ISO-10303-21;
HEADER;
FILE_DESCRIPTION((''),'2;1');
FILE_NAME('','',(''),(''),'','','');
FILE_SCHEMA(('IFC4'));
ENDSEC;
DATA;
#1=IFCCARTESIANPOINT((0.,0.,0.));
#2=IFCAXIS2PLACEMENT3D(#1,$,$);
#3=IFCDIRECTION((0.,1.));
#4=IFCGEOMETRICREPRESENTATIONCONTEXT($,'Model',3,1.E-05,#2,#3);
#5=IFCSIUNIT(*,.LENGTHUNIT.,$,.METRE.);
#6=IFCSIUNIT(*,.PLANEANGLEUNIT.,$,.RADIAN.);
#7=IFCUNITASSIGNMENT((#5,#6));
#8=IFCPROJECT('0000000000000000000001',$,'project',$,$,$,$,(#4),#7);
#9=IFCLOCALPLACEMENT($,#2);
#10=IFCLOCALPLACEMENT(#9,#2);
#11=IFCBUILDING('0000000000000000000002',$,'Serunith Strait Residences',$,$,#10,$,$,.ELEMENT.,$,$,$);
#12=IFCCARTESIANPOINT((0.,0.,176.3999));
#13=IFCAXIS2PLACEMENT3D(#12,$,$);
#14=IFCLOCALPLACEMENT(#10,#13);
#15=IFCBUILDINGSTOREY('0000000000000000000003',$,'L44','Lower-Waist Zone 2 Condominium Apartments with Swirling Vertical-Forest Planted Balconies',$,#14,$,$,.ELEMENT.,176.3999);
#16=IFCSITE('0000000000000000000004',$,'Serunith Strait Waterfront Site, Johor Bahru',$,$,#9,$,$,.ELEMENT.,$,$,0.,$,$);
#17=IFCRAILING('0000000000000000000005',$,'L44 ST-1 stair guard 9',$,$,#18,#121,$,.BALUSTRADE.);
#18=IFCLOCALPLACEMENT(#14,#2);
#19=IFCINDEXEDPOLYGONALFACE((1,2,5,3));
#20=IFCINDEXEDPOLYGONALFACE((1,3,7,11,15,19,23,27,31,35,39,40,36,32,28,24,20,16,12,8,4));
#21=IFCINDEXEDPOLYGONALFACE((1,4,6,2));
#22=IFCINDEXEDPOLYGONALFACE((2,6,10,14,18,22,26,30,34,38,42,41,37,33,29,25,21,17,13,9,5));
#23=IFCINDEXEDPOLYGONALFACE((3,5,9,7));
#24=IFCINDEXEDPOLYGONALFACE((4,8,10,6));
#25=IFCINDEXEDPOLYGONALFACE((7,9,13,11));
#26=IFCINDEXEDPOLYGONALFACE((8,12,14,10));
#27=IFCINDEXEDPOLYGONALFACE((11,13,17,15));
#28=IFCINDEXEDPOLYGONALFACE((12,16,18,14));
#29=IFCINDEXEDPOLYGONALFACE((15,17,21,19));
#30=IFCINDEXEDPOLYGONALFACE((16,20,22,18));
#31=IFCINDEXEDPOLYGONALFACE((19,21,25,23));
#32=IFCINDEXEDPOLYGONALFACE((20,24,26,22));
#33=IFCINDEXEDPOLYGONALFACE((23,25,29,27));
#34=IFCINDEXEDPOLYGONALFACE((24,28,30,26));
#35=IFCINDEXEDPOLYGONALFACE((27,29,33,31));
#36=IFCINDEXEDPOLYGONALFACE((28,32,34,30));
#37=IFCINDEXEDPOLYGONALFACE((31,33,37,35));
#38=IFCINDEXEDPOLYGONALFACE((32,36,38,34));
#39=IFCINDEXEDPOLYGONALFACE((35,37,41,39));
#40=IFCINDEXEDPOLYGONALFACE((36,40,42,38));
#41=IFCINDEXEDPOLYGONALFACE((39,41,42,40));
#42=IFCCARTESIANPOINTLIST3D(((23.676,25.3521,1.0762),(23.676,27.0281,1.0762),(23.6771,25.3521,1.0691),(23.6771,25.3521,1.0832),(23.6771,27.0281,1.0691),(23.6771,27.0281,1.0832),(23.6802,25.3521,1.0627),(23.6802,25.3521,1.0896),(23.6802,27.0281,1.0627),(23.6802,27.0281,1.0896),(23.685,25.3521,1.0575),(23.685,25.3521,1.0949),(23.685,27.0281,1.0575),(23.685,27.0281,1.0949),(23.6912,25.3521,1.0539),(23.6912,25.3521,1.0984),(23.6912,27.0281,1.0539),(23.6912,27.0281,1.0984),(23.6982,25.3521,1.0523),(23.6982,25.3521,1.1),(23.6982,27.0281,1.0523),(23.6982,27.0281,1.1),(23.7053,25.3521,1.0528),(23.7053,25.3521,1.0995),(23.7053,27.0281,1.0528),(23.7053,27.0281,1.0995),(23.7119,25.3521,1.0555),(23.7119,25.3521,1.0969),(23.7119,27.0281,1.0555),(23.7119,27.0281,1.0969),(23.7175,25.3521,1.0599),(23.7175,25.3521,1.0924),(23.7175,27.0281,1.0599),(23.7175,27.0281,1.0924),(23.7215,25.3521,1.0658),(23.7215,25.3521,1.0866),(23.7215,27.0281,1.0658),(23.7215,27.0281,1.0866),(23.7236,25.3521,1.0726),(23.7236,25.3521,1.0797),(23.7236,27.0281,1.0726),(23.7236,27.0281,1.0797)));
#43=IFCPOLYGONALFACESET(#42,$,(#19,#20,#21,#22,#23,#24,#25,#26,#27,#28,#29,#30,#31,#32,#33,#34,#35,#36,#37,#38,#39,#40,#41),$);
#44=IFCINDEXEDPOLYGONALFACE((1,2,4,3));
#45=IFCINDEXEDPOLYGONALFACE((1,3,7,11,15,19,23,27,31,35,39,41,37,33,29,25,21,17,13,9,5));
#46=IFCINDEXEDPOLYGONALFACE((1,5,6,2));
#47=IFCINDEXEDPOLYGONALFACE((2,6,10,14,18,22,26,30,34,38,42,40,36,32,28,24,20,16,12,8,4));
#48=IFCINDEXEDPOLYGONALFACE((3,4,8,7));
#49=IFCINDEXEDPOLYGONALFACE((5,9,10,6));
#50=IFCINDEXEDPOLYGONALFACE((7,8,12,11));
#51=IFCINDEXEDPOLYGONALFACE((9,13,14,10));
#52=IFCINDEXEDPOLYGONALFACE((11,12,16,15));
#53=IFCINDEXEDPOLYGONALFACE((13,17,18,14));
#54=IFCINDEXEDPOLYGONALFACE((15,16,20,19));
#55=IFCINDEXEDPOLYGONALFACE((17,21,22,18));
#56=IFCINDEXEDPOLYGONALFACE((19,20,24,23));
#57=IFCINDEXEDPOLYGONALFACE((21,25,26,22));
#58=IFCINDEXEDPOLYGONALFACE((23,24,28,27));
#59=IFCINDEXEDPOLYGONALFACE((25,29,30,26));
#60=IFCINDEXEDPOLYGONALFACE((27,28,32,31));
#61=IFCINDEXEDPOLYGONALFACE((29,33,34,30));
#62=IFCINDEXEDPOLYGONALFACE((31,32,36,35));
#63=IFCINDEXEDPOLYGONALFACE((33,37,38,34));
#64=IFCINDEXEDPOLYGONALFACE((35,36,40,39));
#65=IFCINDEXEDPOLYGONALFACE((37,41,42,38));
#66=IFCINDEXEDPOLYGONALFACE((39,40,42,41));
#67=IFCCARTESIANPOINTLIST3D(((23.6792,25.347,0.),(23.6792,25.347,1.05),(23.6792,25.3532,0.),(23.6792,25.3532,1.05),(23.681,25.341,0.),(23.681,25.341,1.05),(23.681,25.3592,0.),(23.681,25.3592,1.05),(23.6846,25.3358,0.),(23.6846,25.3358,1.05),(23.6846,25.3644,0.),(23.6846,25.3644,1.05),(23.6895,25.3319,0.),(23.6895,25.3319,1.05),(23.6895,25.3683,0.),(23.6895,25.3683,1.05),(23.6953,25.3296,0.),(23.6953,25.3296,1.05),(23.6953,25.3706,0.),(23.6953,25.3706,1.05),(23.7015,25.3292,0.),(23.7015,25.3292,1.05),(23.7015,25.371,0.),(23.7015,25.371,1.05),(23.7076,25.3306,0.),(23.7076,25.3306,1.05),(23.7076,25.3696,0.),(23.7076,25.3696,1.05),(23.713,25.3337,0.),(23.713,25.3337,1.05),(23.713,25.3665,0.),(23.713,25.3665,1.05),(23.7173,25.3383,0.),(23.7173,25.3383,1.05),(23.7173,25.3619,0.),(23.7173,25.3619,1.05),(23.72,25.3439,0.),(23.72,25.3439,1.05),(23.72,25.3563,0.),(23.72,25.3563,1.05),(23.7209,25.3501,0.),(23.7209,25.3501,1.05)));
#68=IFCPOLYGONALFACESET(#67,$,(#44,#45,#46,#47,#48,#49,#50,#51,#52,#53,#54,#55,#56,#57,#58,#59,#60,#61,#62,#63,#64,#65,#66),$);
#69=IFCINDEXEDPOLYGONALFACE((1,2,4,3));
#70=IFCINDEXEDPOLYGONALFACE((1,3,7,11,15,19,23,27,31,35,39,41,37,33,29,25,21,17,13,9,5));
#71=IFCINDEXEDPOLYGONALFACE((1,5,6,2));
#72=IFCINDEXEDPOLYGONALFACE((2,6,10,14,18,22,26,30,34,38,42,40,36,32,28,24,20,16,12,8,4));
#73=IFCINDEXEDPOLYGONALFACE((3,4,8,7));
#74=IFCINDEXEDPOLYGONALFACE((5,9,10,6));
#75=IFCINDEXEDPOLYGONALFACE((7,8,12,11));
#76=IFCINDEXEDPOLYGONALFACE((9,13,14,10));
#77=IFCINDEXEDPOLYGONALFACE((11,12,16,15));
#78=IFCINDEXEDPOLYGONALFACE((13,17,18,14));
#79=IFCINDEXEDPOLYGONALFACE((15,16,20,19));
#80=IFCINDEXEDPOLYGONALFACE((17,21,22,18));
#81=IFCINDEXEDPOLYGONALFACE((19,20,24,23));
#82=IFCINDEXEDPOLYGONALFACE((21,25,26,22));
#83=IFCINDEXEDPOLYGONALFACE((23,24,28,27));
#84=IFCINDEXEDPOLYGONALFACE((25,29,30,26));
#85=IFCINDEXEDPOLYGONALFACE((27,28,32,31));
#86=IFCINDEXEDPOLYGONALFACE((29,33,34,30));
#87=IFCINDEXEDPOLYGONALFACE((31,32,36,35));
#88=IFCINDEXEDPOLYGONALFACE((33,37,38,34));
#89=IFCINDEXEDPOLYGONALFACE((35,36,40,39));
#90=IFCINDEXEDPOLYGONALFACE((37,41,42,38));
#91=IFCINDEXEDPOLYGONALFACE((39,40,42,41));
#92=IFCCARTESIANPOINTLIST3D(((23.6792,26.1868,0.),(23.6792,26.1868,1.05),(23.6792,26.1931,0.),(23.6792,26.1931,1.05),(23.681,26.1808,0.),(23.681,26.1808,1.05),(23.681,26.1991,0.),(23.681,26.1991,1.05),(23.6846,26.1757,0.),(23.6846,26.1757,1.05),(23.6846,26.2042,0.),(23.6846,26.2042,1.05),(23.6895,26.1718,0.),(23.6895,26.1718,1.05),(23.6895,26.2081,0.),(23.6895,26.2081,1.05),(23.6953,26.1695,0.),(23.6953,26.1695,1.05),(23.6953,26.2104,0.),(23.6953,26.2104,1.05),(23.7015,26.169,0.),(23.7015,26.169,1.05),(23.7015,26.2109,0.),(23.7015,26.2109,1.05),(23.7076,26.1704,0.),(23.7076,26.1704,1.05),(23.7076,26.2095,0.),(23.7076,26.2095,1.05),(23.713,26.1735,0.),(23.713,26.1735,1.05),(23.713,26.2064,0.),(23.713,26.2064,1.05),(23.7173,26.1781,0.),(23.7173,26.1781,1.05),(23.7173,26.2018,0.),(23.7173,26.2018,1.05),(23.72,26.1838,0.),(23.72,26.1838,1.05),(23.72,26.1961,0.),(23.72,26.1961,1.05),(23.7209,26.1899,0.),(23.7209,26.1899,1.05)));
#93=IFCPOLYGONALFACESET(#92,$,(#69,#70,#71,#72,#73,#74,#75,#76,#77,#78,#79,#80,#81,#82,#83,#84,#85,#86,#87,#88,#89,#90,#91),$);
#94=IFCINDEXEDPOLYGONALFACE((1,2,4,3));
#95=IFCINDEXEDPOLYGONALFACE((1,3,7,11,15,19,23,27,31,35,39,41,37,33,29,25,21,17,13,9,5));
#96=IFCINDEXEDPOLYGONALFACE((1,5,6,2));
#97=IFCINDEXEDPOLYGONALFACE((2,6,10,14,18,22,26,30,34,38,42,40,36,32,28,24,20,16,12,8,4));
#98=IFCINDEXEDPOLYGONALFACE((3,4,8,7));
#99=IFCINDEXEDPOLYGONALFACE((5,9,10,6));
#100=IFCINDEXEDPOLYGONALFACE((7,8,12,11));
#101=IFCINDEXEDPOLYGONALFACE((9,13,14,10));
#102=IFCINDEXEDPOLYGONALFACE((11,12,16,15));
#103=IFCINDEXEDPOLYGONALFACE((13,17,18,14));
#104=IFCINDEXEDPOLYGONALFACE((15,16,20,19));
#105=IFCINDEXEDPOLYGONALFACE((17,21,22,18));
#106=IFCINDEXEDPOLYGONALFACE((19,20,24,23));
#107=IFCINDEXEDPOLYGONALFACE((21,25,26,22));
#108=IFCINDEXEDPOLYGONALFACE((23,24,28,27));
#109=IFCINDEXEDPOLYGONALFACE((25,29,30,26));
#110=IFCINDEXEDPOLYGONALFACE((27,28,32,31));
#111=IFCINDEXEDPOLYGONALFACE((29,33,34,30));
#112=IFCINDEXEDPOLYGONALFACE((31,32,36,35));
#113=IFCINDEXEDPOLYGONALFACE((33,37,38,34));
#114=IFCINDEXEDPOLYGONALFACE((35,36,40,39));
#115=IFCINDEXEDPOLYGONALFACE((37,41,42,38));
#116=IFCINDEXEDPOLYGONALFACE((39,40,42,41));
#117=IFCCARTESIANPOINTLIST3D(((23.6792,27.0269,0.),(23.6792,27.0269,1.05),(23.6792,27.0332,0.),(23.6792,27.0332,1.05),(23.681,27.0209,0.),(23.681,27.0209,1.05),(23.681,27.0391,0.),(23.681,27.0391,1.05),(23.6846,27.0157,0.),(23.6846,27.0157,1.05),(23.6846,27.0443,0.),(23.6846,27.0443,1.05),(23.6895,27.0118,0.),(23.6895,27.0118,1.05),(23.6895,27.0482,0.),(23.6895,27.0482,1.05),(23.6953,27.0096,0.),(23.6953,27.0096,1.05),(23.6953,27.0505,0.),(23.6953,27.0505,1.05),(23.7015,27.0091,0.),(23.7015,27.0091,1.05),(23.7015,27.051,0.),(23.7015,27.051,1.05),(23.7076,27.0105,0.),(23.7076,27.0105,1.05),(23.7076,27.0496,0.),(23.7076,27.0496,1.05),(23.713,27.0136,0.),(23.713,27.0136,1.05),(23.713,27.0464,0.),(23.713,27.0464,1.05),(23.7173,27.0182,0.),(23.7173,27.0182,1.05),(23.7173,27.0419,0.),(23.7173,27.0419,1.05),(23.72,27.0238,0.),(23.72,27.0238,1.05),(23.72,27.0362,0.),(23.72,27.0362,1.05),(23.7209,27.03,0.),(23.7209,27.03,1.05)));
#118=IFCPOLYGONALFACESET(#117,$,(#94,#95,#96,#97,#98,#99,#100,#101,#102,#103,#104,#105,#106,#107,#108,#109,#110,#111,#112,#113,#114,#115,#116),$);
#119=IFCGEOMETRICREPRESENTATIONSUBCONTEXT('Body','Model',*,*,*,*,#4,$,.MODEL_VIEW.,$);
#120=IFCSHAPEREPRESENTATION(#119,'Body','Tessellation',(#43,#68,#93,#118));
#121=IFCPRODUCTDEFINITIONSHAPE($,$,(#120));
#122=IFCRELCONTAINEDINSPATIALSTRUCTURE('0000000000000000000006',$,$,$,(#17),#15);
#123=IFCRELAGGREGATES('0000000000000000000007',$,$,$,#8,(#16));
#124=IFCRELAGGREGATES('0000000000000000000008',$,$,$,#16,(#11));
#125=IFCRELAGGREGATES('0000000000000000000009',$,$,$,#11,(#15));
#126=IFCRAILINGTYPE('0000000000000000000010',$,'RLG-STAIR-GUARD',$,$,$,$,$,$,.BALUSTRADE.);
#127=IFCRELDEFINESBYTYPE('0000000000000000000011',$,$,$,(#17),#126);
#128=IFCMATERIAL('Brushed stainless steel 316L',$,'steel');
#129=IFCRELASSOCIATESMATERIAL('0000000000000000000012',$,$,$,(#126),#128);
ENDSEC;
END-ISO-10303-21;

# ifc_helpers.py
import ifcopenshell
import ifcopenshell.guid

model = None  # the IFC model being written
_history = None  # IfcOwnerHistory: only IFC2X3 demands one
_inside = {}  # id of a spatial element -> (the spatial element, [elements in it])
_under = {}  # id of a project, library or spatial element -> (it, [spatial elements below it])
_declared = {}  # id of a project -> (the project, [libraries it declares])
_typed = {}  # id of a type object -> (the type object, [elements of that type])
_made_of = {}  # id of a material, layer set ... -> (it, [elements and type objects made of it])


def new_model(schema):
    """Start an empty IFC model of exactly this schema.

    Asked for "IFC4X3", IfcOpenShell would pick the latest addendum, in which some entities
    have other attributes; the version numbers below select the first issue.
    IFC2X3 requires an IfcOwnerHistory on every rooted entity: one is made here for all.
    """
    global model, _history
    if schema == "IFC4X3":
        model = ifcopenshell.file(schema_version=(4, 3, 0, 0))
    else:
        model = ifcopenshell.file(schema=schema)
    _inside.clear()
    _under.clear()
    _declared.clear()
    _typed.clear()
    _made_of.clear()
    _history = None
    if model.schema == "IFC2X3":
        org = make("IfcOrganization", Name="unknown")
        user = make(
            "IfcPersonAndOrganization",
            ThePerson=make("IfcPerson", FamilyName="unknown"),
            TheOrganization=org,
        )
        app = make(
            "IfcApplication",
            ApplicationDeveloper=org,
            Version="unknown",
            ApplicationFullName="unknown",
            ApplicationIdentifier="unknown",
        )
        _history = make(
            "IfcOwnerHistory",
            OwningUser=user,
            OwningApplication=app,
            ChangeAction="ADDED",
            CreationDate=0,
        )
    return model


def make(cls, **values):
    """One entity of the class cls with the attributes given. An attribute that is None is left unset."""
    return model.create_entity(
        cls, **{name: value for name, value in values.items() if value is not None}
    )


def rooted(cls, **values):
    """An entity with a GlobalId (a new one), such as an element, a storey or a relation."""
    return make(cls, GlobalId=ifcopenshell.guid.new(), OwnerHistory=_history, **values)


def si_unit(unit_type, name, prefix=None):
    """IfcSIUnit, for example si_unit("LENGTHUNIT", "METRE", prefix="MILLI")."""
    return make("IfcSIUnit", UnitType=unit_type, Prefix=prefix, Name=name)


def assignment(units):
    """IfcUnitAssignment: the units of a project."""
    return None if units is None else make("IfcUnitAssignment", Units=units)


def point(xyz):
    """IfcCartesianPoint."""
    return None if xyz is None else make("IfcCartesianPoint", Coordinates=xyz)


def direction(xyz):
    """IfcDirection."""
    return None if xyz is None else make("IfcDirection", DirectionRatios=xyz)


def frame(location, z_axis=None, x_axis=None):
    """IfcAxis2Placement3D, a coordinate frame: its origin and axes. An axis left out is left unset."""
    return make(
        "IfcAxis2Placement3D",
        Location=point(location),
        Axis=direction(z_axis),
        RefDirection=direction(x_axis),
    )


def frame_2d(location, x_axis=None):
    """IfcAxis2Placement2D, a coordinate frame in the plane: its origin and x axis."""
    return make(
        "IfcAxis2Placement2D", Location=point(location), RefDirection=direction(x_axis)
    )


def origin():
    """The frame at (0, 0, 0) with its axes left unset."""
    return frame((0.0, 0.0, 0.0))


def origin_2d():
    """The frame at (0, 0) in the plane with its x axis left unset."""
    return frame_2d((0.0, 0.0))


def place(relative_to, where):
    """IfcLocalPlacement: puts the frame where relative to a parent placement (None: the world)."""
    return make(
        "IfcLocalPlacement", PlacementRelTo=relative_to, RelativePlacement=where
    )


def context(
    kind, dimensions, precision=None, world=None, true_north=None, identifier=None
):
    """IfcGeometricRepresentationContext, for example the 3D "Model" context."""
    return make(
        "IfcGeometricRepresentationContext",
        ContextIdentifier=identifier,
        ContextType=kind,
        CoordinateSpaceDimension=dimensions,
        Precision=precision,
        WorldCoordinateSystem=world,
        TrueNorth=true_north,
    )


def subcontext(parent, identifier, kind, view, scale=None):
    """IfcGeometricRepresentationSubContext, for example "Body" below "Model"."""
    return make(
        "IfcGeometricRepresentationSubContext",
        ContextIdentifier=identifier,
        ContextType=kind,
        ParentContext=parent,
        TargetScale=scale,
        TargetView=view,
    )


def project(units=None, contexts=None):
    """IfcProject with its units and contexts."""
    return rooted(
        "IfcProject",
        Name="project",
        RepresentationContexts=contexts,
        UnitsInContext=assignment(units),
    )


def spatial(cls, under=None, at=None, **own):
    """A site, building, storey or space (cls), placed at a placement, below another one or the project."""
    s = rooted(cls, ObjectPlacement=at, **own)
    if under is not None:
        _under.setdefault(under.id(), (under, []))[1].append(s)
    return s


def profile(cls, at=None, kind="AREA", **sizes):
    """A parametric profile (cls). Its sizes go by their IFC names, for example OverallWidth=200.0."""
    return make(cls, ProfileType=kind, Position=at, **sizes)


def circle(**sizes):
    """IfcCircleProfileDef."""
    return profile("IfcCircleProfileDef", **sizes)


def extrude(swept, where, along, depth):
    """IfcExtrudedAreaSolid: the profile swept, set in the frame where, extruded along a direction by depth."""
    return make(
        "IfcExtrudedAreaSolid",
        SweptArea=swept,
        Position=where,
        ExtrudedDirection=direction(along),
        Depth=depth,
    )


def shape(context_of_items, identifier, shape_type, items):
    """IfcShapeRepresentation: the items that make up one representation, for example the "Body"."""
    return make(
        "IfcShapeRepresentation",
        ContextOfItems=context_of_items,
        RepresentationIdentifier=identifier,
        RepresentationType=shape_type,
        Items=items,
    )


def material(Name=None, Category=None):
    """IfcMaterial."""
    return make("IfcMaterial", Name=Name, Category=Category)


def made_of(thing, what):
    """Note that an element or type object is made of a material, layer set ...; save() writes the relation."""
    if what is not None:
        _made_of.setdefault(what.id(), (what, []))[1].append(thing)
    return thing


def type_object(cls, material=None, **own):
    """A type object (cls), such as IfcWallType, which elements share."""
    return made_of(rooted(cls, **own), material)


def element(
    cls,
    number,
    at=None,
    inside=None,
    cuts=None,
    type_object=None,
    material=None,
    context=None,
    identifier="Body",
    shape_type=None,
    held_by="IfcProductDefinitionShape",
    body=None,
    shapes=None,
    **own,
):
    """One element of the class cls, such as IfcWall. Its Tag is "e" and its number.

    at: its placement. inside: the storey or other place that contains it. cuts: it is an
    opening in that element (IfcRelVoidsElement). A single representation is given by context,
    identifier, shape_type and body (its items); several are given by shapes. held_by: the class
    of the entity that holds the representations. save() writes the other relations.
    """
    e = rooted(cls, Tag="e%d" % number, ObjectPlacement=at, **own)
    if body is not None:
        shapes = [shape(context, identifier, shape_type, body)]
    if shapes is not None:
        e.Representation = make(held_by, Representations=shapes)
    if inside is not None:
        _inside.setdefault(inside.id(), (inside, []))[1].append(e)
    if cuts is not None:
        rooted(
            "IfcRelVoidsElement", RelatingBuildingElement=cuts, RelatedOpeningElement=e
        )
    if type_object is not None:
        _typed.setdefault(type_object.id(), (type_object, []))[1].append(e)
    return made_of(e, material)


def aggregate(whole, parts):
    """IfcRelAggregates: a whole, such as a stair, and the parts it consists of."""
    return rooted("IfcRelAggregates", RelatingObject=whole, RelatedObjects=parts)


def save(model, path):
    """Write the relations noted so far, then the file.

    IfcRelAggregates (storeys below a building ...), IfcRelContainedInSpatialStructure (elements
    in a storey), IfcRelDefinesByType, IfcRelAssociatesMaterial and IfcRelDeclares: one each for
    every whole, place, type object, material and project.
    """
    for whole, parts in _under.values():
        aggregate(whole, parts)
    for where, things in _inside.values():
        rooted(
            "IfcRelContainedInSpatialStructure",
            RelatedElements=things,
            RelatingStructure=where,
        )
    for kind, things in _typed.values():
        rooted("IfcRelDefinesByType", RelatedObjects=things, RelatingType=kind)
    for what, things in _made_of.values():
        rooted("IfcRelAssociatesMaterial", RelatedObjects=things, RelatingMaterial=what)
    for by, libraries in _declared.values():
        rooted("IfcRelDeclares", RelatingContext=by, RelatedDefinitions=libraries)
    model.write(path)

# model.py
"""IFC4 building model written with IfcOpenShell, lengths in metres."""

from ifc_helpers import new_model, si_unit, direction, frame, origin, origin_2d, place, context, subcontext, project, spatial, circle, extrude, material, type_object, element, save


model = new_model("IFC4")

# Units and contexts
model_context = context("Model", 3, precision=1e-05, world=origin(), true_north=direction((0.0, 1.0)))
body_context = subcontext(model_context, "Body", "Model", "MODEL_VIEW")
ifc_project = project(units=[si_unit("LENGTHUNIT", "METRE"), si_unit("PLANEANGLEUNIT", "RADIAN")], contexts=[model_context])

# Site, building, storey
site_placement = place(None, origin())
site = spatial("IfcSite", under=ifc_project, at=site_placement, Name="Serunith Strait Waterfront Site, Johor Bahru", CompositionType="ELEMENT", RefElevation=0.0)
building_placement = place(site_placement, origin())
building = spatial("IfcBuilding", under=site, at=building_placement, Name="Serunith Strait Residences", CompositionType="ELEMENT")
storey_placement = place(building_placement, frame((0.0, 0.0, 176.3999)))
storey = spatial("IfcBuildingStorey", under=building, at=storey_placement, Name="L44", Description="Lower-Waist Zone 2 Condominium Apartments with Swirling Vertical-Forest Planted Balconies", CompositionType="ELEMENT", Elevation=176.3999)

# Railing
ifc_material_1 = material(Name="Brushed stainless steel 316L", Category="steel")
railing_type_1 = type_object("IfcRailingType", Name="RLG-STAIR-GUARD", PredefinedType="BALUSTRADE", material=ifc_material_1)
for number, where, name in (
    (1, (23.7, 25.3501, 0.0), "L44 ST-1 stair guard 9"),
):
    element("IfcRailing", number, at=place(storey_placement, frame(where)), inside=storey, type_object=railing_type_1, Name=name, PredefinedType="BALUSTRADE", context=body_context, shape_type="SweptSolid", body=[
        extrude(circle(Radius=0.0239, at=origin_2d()), frame((0.0, 0.002, 1.0762), z_axis=(0.0, 1.0, 0.0), x_axis=(-1.0, 0.0, 0.0)), (0.0, 0.0, 1.0), 1.676),
        extrude(circle(Radius=0.021, at=origin_2d()), origin(), (0.0, 0.0, 1.0), 1.05),
        extrude(circle(Radius=0.021, at=origin_2d()), frame((0.0, 0.8398, 0.0)), (0.0, 0.0, 1.0), 1.05),
        extrude(circle(Radius=0.021, at=origin_2d()), frame((0.0, 1.6799, 0.0)), (0.0, 0.0, 1.0), 1.05),
    ])

save(model, "model.ifc")
